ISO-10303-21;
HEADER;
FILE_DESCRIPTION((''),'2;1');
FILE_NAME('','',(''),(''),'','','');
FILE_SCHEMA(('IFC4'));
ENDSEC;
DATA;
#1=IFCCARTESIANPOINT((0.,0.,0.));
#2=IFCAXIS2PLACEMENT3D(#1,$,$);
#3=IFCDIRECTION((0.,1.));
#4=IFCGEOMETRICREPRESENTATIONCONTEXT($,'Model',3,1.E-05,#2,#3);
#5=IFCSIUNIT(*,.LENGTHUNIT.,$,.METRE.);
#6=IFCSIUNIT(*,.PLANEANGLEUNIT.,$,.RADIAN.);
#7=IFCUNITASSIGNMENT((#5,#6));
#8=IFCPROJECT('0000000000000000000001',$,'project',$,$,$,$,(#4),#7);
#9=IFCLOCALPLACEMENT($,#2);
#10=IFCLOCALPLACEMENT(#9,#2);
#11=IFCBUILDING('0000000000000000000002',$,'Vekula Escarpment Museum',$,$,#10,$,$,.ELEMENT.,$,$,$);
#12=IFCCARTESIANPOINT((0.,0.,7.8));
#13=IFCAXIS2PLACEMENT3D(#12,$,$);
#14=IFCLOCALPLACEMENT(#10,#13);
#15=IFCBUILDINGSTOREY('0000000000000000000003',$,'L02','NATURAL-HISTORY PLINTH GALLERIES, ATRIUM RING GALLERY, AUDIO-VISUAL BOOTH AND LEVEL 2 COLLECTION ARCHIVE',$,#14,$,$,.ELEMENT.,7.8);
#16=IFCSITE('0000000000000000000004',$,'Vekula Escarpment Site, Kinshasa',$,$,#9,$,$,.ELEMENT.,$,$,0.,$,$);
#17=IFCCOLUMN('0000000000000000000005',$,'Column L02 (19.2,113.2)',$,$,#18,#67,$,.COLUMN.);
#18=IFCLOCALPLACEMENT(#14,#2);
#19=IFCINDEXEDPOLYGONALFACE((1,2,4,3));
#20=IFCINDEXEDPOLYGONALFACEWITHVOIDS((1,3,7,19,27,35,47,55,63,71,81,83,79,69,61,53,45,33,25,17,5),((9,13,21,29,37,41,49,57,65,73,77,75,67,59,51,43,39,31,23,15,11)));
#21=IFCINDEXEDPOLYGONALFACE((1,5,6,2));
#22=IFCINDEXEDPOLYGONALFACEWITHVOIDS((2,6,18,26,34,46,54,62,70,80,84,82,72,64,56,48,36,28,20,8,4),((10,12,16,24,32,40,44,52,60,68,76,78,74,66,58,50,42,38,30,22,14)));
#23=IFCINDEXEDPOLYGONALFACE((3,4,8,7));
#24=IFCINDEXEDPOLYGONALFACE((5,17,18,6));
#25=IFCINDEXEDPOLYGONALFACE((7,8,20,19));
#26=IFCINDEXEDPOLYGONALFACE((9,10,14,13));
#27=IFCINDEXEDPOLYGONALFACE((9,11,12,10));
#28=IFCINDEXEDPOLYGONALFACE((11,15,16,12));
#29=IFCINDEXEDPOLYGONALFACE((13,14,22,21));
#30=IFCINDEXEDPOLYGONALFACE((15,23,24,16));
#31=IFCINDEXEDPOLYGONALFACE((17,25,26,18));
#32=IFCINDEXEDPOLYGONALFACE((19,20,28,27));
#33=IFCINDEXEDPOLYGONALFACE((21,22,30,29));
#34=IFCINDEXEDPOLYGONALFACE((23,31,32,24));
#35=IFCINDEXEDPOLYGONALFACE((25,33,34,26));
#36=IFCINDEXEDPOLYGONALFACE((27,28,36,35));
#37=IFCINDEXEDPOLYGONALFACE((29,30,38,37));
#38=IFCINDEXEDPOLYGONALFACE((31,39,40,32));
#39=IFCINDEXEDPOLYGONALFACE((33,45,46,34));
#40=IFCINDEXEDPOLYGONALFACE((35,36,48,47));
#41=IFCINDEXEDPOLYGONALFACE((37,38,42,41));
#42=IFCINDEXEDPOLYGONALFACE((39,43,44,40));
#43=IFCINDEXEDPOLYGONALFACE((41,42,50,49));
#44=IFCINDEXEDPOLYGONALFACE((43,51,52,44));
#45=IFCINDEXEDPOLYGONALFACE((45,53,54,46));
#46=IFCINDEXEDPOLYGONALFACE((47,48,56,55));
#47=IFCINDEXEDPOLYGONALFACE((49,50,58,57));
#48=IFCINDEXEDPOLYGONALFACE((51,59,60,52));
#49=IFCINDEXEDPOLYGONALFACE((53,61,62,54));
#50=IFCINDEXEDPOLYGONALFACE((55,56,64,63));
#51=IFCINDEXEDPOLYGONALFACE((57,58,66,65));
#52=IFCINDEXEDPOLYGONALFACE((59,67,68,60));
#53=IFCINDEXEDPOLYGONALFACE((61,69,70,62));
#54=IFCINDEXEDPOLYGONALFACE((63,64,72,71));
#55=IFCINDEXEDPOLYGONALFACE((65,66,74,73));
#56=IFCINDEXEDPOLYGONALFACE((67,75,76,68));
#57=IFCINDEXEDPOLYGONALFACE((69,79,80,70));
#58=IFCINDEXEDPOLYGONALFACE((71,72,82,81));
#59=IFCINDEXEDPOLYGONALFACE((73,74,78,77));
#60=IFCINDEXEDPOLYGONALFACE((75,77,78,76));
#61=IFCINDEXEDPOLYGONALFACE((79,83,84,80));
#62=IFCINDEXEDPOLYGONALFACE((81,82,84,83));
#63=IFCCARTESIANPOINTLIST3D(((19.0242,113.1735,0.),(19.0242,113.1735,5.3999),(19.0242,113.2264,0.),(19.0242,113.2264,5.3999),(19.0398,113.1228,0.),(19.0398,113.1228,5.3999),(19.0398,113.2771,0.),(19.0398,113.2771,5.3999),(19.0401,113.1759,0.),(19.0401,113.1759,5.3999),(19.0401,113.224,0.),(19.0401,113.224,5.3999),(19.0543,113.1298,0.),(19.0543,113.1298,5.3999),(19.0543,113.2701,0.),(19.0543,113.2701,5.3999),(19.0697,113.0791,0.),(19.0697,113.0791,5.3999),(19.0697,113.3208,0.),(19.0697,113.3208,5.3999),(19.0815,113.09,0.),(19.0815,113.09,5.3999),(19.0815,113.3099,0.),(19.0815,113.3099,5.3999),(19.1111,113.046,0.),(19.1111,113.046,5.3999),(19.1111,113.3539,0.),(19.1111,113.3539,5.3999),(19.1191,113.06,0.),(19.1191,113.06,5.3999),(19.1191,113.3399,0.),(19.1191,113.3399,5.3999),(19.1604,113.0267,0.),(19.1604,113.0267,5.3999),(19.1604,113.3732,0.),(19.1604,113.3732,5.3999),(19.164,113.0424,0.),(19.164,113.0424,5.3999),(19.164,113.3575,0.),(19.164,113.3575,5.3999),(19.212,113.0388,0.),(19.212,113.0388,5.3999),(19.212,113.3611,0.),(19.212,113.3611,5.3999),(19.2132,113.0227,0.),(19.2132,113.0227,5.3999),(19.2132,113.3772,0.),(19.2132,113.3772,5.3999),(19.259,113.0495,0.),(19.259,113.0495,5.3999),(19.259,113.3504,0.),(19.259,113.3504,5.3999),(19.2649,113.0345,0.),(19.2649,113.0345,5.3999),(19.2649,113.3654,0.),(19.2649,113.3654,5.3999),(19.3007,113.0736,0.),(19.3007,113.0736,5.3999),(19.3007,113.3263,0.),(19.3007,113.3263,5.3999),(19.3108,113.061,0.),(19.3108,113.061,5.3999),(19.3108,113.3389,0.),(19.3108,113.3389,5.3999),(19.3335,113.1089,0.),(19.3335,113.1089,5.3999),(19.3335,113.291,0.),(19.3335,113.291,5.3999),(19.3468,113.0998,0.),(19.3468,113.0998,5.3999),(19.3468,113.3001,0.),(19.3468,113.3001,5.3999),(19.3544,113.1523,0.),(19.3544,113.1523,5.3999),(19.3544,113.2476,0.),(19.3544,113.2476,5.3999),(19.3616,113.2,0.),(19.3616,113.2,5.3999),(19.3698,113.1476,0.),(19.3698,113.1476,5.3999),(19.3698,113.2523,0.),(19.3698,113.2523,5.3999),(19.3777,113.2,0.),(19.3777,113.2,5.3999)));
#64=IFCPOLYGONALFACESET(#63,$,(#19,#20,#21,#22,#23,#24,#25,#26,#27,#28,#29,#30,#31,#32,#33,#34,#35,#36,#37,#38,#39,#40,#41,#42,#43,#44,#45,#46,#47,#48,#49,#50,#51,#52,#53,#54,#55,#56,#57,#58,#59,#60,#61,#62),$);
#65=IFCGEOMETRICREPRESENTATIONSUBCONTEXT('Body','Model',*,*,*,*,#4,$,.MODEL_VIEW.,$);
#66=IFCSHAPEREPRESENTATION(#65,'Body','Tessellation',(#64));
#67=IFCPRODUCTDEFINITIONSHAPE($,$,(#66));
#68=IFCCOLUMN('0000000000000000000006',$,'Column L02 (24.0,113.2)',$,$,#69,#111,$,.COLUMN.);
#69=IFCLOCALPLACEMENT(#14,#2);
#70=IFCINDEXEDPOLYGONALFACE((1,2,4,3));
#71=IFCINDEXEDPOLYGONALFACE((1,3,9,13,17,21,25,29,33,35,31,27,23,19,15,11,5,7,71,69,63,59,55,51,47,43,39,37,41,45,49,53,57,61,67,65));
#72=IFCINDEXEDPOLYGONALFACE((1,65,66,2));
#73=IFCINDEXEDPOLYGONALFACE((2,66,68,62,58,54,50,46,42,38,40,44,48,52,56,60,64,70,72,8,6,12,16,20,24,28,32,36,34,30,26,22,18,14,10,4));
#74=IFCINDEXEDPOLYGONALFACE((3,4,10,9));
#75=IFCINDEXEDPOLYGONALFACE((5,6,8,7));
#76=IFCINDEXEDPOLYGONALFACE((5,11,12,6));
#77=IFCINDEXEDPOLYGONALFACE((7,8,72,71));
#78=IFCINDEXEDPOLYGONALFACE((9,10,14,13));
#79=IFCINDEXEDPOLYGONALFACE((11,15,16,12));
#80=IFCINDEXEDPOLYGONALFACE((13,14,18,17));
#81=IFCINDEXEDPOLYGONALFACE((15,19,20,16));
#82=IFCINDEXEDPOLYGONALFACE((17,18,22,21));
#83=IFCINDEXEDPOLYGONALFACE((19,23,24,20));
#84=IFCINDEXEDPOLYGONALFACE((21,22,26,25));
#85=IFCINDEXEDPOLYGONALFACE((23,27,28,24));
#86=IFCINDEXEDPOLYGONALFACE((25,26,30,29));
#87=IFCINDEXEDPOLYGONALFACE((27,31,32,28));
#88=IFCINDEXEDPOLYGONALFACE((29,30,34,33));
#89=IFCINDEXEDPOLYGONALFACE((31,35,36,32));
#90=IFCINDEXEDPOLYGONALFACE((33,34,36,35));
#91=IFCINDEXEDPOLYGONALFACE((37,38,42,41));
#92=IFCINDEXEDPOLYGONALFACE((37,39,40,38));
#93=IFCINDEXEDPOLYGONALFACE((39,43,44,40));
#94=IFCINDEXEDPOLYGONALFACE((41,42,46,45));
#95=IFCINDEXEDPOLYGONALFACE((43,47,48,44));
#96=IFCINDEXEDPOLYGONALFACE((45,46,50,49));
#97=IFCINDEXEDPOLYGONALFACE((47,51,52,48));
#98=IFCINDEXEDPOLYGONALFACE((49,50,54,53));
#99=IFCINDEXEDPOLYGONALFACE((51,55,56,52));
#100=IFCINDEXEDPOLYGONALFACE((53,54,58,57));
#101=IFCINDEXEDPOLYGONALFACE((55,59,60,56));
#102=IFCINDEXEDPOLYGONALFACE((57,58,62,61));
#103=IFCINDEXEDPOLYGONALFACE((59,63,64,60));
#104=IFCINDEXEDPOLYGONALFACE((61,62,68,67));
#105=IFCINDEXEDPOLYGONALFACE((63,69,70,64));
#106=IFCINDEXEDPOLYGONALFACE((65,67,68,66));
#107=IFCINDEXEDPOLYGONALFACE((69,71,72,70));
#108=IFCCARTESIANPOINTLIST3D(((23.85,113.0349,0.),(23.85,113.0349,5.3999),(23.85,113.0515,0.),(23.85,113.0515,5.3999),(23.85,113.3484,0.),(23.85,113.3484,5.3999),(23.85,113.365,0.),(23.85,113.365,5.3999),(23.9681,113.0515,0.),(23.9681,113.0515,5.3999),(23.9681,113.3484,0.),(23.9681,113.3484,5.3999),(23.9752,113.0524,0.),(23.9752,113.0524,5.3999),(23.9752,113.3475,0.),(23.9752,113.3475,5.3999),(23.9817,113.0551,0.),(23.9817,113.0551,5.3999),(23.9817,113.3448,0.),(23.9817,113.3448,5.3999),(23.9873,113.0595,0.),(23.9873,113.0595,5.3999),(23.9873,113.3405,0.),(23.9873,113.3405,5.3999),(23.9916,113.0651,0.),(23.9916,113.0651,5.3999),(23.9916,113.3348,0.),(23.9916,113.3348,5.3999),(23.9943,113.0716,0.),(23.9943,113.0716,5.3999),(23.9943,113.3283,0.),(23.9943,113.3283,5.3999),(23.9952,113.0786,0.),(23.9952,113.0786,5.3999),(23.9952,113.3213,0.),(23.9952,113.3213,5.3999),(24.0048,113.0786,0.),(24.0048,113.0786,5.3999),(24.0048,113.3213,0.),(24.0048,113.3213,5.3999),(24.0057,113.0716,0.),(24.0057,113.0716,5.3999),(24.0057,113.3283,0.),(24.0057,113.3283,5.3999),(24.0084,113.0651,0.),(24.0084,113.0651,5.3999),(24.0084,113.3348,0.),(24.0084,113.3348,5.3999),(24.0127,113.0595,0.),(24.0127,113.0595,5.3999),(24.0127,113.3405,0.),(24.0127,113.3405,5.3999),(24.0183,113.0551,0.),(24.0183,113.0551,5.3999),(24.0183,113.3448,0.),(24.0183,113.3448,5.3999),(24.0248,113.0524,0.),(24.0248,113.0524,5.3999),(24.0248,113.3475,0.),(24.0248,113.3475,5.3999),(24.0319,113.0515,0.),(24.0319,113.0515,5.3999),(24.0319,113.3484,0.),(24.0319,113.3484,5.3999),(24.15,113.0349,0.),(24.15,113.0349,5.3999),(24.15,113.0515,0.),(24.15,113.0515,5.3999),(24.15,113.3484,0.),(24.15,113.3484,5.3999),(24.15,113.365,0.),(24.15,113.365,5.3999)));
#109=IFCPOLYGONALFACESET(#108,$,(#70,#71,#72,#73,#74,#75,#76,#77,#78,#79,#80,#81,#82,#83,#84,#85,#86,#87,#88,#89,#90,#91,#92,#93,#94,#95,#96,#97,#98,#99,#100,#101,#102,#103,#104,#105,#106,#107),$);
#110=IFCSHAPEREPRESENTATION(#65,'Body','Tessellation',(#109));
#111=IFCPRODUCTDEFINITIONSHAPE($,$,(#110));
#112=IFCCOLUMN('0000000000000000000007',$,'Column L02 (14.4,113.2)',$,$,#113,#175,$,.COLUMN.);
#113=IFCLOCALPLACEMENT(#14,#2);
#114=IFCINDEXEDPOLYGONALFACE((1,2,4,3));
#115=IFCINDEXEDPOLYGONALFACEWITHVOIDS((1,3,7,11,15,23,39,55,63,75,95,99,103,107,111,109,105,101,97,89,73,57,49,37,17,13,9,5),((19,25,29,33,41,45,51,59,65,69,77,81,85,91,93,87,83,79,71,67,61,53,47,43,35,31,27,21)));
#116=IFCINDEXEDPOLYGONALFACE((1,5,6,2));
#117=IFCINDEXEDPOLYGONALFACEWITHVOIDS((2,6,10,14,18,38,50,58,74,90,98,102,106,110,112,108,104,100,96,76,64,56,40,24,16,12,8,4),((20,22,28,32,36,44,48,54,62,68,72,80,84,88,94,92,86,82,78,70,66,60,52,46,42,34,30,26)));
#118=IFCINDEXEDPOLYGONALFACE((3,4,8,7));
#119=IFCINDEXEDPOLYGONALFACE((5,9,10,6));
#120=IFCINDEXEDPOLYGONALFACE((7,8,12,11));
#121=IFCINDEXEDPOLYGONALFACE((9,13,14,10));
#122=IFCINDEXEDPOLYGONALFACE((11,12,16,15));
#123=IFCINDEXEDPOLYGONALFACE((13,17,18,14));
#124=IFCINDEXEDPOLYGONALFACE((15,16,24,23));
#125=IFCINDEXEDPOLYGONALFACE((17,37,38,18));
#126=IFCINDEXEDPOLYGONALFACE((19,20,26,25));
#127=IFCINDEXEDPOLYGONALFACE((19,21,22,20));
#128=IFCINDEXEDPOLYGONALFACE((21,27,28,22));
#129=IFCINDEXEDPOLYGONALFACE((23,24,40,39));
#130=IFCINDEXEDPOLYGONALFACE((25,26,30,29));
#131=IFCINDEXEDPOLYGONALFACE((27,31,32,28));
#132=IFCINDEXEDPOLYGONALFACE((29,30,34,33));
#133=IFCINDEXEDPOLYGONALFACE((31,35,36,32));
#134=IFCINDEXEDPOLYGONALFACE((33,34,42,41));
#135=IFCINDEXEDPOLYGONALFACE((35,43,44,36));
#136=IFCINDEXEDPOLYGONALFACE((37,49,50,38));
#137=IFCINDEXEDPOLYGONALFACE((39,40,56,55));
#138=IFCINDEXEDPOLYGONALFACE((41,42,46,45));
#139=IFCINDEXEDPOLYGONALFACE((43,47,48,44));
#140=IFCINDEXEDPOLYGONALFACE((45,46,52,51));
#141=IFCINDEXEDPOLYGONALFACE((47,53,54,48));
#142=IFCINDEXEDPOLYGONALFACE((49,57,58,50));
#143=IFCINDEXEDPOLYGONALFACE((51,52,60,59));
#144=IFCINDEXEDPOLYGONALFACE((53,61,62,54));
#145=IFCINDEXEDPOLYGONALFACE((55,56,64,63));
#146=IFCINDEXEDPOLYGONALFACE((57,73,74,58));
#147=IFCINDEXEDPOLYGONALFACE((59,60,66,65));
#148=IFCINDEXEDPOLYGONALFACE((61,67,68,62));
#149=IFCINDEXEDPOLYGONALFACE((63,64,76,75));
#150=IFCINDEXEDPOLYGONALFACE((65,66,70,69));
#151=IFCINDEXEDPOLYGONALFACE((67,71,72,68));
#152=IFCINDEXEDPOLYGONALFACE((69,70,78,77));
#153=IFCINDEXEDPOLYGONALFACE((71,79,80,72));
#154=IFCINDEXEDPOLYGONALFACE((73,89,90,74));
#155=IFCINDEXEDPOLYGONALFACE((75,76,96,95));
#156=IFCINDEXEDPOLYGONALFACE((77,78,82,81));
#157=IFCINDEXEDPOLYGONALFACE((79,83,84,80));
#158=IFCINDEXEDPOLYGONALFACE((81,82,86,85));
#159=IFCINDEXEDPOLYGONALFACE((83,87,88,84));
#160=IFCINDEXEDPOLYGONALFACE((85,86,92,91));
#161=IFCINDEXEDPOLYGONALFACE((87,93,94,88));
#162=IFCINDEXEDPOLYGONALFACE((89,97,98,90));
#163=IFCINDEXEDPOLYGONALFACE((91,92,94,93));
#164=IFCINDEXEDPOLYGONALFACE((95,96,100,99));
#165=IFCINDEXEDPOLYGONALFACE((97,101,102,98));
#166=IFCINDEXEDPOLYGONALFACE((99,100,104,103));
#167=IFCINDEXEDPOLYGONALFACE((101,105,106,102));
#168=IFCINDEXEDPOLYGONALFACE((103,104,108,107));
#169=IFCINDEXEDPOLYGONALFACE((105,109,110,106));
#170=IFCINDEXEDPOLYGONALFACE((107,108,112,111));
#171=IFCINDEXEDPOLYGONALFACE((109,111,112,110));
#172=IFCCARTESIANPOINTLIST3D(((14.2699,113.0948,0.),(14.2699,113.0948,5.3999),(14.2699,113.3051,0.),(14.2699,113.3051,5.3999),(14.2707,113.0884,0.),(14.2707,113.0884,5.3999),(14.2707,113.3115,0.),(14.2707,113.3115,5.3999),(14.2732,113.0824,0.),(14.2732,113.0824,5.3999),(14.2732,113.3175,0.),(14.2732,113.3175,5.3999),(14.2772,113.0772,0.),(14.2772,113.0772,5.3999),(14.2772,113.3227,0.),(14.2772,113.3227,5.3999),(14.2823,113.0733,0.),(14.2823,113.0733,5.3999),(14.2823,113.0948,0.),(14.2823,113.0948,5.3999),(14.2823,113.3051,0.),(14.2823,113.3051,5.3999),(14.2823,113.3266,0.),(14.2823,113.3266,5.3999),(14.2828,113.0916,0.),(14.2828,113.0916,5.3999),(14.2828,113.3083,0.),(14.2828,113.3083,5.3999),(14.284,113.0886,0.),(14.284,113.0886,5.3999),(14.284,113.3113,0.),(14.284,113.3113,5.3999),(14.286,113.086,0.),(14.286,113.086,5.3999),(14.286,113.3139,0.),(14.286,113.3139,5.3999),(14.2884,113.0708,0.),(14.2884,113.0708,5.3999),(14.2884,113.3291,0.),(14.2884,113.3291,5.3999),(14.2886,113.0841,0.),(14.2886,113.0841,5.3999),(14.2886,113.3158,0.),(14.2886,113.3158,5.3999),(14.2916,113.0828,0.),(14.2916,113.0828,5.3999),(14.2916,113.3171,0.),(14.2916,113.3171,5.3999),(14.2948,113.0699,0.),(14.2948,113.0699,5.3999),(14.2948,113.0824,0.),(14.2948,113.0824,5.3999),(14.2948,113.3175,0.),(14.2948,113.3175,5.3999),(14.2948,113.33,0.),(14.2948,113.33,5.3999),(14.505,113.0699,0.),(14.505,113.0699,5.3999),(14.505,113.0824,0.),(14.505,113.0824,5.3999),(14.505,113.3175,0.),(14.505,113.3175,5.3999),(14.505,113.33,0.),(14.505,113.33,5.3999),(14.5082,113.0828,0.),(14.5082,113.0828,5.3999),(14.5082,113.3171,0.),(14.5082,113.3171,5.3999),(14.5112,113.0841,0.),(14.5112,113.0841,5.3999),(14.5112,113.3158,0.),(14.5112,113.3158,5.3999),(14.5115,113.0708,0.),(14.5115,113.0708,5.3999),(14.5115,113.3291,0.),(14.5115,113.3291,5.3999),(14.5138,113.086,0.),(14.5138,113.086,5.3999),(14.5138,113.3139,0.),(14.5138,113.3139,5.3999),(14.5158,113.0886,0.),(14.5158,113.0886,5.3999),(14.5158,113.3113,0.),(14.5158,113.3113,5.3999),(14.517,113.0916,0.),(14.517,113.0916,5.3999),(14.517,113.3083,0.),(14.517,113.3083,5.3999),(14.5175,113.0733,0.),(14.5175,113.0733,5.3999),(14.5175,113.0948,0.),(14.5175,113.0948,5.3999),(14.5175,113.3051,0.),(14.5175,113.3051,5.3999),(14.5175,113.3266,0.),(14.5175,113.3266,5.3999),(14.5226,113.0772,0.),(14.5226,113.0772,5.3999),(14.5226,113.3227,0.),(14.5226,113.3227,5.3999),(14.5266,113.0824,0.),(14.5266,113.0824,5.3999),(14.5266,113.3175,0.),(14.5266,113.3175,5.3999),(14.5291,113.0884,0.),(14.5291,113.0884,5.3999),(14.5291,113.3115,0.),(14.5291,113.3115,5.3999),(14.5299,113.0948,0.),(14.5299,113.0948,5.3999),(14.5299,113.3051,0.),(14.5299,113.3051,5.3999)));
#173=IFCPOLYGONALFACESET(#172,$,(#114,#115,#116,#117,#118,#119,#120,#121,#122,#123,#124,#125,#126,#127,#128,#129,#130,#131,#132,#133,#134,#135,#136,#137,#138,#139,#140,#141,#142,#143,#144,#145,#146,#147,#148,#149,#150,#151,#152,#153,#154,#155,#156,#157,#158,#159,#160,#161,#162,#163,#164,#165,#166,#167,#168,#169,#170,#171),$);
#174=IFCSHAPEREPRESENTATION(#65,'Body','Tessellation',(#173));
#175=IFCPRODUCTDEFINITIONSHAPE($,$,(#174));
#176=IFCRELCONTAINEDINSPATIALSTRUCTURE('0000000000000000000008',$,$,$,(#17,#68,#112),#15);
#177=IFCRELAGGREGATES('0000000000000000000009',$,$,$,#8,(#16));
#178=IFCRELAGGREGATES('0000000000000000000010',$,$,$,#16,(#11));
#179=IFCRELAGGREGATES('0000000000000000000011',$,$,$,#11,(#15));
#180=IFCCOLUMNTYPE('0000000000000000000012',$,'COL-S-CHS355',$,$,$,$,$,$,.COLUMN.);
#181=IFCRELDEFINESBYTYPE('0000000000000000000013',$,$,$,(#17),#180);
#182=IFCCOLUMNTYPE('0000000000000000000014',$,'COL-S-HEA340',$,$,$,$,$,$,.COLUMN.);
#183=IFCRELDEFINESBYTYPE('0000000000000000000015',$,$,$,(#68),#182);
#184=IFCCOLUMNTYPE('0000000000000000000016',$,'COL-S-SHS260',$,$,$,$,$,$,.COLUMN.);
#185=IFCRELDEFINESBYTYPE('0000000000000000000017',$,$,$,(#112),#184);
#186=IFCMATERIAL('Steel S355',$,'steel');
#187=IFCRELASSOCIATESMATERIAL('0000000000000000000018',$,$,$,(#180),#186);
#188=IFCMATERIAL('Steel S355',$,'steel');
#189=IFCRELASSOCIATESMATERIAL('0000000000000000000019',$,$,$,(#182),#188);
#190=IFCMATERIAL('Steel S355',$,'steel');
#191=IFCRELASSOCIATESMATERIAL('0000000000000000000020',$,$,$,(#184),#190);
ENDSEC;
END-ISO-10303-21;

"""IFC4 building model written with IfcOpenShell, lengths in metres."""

from ifc_helpers import new_model, si_unit, direction, frame, origin, origin_2d, place, context, subcontext, project, spatial, hollow_rectangle, hollow_circle, i_section, extrude, material, material_profile, profile_set, type_object, element, save


model = new_model("IFC4")

# Units and contexts
model_context = context("Model", 3, precision=1e-05, world=origin(), true_north=direction((0.0, 1.0)))
body_context = subcontext(model_context, "Body", "Model", "MODEL_VIEW")
ifc_project = project(units=[si_unit("LENGTHUNIT", "METRE"), si_unit("PLANEANGLEUNIT", "RADIAN")], contexts=[model_context])

# Site, building, storey
site_placement = place(None, origin())
site = spatial("IfcSite", under=ifc_project, at=site_placement, Name="Vekula Escarpment Site, Kinshasa", CompositionType="ELEMENT", RefElevation=0.0)
building_placement = place(site_placement, origin())
building = spatial("IfcBuilding", under=site, at=building_placement, Name="Vekula Escarpment Museum", CompositionType="ELEMENT")
storey_placement = place(building_placement, frame((0.0, 0.0, 7.8)))
storey = spatial("IfcBuildingStorey", under=building, at=storey_placement, Name="L02", Description="NATURAL-HISTORY PLINTH GALLERIES, ATRIUM RING GALLERY, AUDIO-VISUAL BOOTH AND LEVEL 2 COLLECTION ARCHIVE", CompositionType="ELEMENT", Elevation=7.8)

# Columns
ifc_material_1 = material(Name="Steel S355", Category="steel")
ifc_material_profile_1 = material_profile(ifc_material_1, hollow_circle(Radius=0.1777, WallThickness=0.0161, at=origin_2d()), Name="CHS 355.6x16")
ifc_profile_set_1 = profile_set([ifc_material_profile_1], Name="Steel S355")
column_type_1 = type_object("IfcColumnType", Name="COL-S-CHS355", PredefinedType="COLUMN", material=ifc_profile_set_1)
column_1_placement = place(storey_placement, frame((19.2, 113.2, 0.0), z_axis=(0.0, 0.0, 1.0), x_axis=(1.0, 0.0, 0.0)))
element("IfcColumn", 1, at=column_1_placement, inside=storey, type_object=column_type_1, Name="Column L02 (19.2,113.2)", PredefinedType="COLUMN", context=body_context, shape_type="SweptSolid", body=[
    extrude(hollow_circle(Radius=0.1777, WallThickness=0.0161, at=origin_2d()), origin(), (0.0, 0.0, 1.0), 5.3999),
])
ifc_material_2 = material(Name="Steel S355", Category="steel")
ifc_material_profile_2 = material_profile(ifc_material_2, i_section(OverallWidth=0.3, OverallDepth=0.3301, WebThickness=0.0095, FlangeThickness=0.0166, FilletRadius=0.0271, at=origin_2d()), Name="HEA 340")
ifc_profile_set_2 = profile_set([ifc_material_profile_2], Name="Steel S355")
column_type_2 = type_object("IfcColumnType", Name="COL-S-HEA340", PredefinedType="COLUMN", material=ifc_profile_set_2)
column_2_placement = place(storey_placement, frame((24.0, 113.2, 0.0), z_axis=(0.0, 0.0, 1.0), x_axis=(1.0, 0.0, 0.0)))
element("IfcColumn", 2, at=column_2_placement, inside=storey, type_object=column_type_2, Name="Column L02 (24.0,113.2)", PredefinedType="COLUMN", context=body_context, shape_type="SweptSolid", body=[
    extrude(i_section(OverallWidth=0.3, OverallDepth=0.3301, WebThickness=0.0095, FlangeThickness=0.0166, FilletRadius=0.0271, at=origin_2d()), origin(), (0.0, 0.0, 1.0), 5.3999),
])
ifc_material_3 = material(Name="Steel S355", Category="steel")
ifc_material_profile_3 = material_profile(ifc_material_3, hollow_rectangle(XDim=0.26, YDim=0.26, WallThickness=0.0125, InnerFilletRadius=0.0125, OuterFilletRadius=0.0249, at=origin_2d()), Name="SHS 260x260x12.5")
ifc_profile_set_3 = profile_set([ifc_material_profile_3], Name="Steel S355")
column_type_3 = type_object("IfcColumnType", Name="COL-S-SHS260", PredefinedType="COLUMN", material=ifc_profile_set_3)
column_3_placement = place(storey_placement, frame((14.3999, 113.2, 0.0), z_axis=(0.0, 0.0, 1.0), x_axis=(1.0, 0.0, 0.0)))
element("IfcColumn", 3, at=column_3_placement, inside=storey, type_object=column_type_3, Name="Column L02 (14.4,113.2)", PredefinedType="COLUMN", context=body_context, shape_type="SweptSolid", body=[
    extrude(hollow_rectangle(XDim=0.26, YDim=0.26, WallThickness=0.0125, InnerFilletRadius=0.0125, OuterFilletRadius=0.0249, at=origin_2d()), origin(), (0.0, 0.0, 1.0), 5.3999),
])

save(model, "model.ifc")
